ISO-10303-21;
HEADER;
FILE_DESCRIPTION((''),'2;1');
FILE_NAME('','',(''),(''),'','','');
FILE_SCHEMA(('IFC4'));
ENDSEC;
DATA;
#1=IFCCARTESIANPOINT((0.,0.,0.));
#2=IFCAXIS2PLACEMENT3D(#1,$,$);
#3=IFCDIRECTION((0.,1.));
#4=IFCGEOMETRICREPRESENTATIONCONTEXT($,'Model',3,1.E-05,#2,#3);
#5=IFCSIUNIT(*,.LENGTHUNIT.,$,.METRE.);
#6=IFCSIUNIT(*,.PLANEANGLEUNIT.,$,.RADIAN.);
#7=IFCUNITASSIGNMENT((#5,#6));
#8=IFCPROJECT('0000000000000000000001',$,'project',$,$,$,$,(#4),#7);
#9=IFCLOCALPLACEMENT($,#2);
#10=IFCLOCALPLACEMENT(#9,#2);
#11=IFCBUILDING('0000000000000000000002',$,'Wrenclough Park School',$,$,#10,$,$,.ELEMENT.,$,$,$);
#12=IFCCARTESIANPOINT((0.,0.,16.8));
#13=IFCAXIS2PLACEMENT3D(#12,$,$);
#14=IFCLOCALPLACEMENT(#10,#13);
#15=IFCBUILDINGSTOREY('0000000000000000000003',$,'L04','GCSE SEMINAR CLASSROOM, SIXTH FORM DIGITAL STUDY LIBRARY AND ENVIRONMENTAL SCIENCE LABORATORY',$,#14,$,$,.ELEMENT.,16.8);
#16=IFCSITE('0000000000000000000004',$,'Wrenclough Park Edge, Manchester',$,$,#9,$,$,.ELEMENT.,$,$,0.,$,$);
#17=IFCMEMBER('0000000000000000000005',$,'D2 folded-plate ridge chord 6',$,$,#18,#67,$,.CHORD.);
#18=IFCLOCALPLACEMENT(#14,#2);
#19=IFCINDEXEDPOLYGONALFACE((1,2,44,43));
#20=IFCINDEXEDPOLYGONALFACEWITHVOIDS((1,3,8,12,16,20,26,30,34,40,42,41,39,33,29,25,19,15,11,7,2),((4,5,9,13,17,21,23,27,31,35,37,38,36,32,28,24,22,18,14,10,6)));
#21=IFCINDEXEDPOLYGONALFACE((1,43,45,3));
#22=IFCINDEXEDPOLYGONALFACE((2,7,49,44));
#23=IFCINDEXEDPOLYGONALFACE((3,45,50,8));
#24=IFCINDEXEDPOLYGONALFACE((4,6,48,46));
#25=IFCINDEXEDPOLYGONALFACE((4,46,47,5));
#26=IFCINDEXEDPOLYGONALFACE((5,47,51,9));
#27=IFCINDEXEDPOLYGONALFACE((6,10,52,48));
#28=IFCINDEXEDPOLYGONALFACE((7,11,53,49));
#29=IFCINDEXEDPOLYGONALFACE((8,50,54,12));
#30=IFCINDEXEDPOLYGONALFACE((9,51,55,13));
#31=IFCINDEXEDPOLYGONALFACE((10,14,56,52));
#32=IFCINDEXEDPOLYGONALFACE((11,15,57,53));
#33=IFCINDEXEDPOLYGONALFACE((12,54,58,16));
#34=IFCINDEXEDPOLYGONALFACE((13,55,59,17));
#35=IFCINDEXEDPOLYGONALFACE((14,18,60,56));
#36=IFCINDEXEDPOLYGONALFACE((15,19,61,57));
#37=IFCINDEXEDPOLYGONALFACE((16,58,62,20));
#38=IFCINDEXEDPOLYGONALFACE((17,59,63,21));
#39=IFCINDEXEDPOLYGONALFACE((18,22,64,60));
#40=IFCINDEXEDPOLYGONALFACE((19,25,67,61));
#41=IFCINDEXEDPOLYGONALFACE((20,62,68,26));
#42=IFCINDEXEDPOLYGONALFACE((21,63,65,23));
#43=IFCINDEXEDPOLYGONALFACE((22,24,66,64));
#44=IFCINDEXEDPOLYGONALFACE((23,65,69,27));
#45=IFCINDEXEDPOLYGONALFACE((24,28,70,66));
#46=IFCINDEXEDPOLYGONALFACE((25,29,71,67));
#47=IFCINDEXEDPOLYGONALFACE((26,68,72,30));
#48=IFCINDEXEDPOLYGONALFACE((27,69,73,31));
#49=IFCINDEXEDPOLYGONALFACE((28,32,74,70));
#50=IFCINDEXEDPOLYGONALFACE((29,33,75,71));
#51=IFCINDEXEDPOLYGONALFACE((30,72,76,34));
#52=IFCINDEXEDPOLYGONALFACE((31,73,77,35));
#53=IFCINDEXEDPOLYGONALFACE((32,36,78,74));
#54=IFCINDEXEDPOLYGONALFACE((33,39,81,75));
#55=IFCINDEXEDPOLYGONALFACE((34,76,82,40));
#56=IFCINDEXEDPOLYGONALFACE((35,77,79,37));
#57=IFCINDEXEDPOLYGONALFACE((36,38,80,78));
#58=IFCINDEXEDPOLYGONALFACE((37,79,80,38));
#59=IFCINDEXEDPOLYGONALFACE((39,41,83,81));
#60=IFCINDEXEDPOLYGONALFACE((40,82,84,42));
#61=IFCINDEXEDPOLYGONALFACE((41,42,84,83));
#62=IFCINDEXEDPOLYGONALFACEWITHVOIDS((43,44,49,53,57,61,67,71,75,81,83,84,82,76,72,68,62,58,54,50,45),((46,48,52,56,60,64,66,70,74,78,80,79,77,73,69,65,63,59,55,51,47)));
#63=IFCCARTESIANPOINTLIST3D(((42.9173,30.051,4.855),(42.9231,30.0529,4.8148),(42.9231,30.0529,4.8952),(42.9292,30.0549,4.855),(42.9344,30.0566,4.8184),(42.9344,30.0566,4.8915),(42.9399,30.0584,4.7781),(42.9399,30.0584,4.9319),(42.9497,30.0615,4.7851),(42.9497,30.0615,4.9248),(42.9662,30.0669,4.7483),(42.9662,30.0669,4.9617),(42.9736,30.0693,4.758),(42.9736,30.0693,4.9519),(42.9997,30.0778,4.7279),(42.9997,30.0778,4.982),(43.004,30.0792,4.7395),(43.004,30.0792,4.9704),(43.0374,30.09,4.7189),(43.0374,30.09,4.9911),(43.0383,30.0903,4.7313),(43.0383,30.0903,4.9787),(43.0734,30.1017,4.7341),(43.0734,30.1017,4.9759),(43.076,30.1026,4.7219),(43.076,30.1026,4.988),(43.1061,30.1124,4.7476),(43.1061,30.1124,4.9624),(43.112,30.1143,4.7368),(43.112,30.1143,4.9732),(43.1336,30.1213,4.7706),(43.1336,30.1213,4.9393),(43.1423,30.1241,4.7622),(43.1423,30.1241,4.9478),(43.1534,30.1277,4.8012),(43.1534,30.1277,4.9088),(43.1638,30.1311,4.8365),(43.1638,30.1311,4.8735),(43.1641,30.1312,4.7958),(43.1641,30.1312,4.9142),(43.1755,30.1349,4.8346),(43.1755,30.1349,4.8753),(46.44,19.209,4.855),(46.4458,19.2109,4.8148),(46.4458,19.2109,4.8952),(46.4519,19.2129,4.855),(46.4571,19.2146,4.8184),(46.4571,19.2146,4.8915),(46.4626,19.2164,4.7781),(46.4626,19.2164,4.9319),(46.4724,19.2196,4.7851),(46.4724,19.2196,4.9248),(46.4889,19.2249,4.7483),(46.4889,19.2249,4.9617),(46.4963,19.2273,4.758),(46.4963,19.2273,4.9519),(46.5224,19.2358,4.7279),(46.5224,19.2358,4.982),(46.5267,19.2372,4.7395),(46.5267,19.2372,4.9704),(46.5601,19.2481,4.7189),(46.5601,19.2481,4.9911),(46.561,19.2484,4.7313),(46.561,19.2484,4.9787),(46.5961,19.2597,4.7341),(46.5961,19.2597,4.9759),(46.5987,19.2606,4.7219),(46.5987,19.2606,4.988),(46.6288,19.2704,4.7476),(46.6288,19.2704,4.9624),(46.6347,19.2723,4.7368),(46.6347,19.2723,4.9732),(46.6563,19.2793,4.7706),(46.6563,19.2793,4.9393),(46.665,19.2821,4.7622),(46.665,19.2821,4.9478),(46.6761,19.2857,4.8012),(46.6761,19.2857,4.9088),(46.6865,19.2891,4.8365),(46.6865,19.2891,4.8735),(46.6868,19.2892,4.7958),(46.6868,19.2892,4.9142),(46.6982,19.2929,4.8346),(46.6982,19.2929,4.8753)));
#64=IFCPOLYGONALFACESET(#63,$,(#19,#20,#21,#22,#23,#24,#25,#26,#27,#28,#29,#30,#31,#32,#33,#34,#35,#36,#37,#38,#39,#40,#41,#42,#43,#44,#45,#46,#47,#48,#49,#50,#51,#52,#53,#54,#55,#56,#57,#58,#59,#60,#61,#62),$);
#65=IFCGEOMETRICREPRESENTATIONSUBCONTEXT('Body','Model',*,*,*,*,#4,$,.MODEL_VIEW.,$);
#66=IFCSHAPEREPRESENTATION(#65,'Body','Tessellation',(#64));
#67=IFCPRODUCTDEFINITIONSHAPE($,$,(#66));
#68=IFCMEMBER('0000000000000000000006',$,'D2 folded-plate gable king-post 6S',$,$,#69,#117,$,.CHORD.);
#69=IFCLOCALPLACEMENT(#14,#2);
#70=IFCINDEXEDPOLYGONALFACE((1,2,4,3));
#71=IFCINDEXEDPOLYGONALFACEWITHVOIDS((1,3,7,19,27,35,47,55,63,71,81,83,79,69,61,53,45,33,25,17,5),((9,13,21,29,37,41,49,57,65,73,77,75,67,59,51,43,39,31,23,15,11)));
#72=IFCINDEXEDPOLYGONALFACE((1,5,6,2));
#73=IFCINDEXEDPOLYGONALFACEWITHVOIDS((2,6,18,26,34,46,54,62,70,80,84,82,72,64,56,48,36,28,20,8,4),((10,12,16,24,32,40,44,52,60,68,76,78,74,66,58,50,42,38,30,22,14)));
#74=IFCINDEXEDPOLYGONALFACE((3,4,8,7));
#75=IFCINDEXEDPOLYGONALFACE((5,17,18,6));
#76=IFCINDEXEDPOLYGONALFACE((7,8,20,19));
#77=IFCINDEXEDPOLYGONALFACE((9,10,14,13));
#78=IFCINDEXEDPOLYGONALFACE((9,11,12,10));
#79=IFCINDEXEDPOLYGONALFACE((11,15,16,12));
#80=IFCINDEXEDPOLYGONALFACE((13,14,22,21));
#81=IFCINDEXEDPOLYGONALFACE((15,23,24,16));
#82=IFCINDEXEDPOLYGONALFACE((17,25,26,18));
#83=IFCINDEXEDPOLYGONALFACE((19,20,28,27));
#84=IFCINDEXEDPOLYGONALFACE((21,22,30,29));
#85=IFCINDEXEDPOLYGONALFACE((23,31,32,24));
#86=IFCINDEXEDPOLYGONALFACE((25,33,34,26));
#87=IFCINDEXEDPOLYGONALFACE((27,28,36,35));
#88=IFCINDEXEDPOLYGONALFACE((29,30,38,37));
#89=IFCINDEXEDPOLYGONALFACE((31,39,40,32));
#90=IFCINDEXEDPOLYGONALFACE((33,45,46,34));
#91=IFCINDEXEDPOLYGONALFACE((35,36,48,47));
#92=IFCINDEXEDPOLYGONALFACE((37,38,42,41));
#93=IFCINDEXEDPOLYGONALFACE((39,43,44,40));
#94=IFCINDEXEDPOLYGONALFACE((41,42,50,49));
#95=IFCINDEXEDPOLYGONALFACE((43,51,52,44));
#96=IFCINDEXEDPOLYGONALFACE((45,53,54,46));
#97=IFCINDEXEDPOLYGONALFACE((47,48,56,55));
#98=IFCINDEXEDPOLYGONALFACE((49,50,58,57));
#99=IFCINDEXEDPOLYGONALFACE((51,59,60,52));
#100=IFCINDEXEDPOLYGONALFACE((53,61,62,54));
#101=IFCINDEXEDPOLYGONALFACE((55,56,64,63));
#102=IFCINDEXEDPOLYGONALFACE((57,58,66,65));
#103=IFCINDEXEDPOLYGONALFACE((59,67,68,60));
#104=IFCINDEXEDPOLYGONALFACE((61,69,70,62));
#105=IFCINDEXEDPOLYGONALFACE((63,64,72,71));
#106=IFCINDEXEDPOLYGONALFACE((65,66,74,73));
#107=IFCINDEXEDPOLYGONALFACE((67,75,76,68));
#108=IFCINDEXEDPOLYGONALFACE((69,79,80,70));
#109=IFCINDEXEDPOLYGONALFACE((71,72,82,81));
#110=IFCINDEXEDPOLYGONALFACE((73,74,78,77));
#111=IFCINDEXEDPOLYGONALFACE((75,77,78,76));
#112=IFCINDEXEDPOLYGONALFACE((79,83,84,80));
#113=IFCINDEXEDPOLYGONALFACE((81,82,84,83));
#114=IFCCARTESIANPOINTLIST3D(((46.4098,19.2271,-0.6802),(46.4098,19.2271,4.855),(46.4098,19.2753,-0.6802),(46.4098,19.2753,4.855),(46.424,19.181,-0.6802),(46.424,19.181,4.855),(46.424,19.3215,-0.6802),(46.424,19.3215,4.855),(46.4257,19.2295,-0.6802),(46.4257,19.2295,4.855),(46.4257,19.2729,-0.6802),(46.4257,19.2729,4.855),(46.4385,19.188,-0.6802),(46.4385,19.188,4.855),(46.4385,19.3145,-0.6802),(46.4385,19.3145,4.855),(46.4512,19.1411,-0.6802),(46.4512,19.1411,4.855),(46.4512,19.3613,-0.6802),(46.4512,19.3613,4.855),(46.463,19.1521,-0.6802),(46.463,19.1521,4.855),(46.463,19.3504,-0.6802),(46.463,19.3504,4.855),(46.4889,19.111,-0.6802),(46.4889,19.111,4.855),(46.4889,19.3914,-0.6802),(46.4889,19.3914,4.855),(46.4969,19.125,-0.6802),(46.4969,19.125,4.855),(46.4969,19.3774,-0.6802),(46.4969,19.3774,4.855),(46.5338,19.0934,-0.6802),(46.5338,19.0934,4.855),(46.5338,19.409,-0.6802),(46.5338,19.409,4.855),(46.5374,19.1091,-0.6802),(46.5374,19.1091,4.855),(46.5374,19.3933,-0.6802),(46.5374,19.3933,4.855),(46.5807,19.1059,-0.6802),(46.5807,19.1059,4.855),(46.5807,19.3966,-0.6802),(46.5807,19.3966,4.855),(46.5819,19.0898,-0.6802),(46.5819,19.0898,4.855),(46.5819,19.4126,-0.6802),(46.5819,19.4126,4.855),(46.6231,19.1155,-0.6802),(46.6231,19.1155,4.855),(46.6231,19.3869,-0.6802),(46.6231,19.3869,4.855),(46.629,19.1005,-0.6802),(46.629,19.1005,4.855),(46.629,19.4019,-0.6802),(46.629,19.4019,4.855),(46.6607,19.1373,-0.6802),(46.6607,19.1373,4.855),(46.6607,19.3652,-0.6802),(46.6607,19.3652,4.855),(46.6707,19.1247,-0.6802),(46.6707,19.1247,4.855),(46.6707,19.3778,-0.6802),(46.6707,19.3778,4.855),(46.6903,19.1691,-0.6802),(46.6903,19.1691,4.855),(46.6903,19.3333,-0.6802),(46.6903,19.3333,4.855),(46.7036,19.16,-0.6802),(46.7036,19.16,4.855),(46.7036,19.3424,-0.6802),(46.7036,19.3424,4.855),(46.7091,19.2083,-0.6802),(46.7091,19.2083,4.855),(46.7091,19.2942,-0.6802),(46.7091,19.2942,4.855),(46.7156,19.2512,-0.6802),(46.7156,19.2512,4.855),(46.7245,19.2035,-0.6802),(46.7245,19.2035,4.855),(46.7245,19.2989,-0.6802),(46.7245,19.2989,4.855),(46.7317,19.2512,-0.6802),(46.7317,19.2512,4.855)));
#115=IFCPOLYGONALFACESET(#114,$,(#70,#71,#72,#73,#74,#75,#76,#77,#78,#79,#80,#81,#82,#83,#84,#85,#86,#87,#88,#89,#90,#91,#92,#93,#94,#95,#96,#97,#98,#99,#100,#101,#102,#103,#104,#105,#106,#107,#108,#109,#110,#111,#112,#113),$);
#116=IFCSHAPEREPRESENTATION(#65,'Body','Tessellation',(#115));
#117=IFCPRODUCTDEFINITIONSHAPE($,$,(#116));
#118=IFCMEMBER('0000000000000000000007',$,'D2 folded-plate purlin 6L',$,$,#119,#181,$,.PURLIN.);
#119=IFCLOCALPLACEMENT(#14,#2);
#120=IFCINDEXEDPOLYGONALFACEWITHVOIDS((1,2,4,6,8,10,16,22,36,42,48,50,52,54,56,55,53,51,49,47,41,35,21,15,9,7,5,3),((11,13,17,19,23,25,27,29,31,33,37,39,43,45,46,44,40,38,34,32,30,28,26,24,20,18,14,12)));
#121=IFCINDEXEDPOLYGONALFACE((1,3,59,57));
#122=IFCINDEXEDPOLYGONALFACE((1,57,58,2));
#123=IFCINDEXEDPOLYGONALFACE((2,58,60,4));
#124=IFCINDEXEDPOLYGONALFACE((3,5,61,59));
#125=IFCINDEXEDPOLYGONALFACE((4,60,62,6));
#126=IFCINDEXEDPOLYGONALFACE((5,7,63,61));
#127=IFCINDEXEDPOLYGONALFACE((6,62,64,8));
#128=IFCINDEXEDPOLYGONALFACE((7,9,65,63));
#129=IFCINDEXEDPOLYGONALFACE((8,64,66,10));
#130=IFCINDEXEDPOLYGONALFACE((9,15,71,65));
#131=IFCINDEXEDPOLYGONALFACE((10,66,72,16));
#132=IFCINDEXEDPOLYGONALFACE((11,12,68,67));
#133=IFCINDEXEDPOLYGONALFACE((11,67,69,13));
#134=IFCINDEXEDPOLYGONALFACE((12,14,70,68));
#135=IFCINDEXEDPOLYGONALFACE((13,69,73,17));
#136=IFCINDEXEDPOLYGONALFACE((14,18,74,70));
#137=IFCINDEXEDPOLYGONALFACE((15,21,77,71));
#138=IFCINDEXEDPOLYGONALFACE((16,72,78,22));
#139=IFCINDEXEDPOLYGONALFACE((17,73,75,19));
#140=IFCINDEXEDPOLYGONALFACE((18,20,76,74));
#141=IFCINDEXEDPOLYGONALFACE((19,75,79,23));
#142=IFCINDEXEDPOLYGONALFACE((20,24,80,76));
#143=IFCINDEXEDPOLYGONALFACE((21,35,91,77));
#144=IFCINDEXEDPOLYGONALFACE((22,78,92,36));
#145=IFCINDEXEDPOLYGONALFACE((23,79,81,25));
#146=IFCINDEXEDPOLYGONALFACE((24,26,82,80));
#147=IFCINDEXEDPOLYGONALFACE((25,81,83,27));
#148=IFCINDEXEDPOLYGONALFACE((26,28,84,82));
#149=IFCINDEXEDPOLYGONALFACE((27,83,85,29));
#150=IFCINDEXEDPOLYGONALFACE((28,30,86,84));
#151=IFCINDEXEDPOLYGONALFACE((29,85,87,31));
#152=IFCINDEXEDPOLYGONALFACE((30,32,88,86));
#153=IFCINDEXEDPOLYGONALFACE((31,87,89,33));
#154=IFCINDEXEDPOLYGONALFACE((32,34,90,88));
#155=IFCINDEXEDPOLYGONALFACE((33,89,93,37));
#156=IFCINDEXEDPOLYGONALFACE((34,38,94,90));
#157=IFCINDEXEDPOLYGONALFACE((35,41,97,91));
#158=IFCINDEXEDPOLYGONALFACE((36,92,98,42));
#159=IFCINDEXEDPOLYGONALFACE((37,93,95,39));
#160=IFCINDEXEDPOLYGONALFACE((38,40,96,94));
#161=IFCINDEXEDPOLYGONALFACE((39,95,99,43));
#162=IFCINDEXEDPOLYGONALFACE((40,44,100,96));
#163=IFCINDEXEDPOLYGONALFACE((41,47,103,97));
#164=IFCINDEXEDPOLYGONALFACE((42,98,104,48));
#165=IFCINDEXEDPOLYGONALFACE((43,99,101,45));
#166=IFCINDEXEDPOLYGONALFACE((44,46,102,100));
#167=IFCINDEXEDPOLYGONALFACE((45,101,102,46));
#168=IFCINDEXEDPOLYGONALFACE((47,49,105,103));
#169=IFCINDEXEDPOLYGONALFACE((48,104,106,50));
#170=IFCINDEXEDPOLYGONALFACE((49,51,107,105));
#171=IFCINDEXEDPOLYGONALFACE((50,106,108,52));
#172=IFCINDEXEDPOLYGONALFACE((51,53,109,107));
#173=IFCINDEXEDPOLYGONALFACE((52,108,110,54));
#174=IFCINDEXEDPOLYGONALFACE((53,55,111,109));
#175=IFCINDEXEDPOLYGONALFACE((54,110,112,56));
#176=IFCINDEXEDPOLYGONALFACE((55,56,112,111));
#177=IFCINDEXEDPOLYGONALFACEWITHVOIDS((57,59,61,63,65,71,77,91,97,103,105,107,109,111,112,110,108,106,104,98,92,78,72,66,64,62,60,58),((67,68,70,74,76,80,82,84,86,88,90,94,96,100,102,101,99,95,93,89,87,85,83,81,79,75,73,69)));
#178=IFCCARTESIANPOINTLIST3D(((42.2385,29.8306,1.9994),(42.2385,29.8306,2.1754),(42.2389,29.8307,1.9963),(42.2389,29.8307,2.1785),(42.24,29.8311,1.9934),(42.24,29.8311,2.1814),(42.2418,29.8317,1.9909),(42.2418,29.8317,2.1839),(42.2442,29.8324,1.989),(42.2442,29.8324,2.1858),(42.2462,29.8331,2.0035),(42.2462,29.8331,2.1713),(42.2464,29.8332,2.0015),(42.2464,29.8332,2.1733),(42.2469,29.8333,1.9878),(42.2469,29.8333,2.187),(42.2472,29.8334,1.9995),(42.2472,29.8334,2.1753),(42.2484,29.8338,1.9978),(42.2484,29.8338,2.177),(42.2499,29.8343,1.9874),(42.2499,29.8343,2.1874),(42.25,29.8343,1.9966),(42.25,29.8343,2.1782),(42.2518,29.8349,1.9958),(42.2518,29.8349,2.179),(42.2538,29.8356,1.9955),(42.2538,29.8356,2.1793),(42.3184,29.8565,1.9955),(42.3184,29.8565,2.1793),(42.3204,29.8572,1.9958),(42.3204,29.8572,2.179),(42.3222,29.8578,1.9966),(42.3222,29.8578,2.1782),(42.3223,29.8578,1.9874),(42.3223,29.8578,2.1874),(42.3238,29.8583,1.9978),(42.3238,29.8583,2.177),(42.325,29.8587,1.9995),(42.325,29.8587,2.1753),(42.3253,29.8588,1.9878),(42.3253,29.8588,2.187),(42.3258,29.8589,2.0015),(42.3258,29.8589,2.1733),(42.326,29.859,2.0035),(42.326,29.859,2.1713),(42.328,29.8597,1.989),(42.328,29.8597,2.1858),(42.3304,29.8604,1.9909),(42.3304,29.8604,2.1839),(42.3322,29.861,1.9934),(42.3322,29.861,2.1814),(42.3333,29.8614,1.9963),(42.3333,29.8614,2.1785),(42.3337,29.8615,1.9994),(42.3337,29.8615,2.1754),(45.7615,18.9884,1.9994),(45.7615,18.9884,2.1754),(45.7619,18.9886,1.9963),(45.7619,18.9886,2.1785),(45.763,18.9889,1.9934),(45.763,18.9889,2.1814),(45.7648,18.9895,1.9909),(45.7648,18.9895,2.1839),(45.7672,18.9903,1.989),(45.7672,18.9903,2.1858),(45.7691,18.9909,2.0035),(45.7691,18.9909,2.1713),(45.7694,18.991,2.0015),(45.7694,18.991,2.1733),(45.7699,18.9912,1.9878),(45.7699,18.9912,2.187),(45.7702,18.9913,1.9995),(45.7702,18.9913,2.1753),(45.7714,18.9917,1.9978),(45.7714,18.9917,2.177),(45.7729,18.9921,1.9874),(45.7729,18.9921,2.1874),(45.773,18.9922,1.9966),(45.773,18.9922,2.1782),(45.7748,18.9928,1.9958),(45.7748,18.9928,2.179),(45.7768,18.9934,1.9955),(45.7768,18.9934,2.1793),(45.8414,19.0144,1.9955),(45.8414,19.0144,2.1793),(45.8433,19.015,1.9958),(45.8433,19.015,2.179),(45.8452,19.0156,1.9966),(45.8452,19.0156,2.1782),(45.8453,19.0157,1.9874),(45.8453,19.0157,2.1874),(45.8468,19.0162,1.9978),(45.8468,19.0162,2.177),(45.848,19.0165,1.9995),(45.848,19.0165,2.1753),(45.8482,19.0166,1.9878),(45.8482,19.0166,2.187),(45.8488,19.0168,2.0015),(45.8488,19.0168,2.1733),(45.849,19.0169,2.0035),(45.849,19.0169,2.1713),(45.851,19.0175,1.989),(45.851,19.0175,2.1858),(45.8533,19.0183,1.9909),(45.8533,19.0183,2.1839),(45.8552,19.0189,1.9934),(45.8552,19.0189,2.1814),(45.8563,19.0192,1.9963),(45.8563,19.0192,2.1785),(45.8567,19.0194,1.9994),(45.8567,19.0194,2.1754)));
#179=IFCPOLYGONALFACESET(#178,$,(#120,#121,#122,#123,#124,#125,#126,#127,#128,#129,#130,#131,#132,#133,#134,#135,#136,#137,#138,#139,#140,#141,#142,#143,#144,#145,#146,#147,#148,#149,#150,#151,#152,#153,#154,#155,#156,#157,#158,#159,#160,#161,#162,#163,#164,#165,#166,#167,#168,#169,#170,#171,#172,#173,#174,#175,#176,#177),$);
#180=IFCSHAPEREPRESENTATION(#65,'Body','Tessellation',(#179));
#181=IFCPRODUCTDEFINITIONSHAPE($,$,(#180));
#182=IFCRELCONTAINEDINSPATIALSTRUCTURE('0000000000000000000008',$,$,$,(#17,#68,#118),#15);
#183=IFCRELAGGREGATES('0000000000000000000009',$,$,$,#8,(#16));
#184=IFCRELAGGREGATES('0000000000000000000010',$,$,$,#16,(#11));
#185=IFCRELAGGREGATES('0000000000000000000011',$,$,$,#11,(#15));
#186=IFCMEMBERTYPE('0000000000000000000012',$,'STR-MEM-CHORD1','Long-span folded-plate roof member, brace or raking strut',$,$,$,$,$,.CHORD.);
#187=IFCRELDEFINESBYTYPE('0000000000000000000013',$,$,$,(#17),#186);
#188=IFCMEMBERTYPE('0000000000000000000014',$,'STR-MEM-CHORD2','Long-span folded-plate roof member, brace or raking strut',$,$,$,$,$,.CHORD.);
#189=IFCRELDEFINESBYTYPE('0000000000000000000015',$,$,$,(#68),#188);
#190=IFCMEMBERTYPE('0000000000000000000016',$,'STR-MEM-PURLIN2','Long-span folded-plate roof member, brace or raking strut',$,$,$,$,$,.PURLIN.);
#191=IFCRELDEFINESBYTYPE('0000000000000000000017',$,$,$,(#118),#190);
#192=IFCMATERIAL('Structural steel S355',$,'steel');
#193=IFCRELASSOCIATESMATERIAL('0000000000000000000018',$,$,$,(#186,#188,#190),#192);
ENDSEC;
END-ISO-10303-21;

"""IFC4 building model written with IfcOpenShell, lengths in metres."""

from ifc_helpers import new_model, si_unit, direction, frame, origin, origin_2d, place, context, subcontext, project, spatial, hollow_rectangle, hollow_circle, extrude, material, material_profile, profile_set, type_object, element, save


model = new_model("IFC4")

# Units and contexts
model_context = context("Model", 3, precision=1e-05, world=origin(), true_north=direction((0.0, 1.0)))
body_context = subcontext(model_context, "Body", "Model", "MODEL_VIEW")
ifc_project = project(units=[si_unit("LENGTHUNIT", "METRE"), si_unit("PLANEANGLEUNIT", "RADIAN")], contexts=[model_context])

# Site, building, storey
site_placement = place(None, origin())
site = spatial("IfcSite", under=ifc_project, at=site_placement, Name="Wrenclough Park Edge, Manchester", CompositionType="ELEMENT", RefElevation=0.0)
building_placement = place(site_placement, origin())
building = spatial("IfcBuilding", under=site, at=building_placement, Name="Wrenclough Park School", CompositionType="ELEMENT")
storey_placement = place(building_placement, frame((0.0, 0.0, 16.8)))
storey = spatial("IfcBuildingStorey", under=building, at=storey_placement, Name="L04", Description="GCSE SEMINAR CLASSROOM, SIXTH FORM DIGITAL STUDY LIBRARY AND ENVIRONMENTAL SCIENCE LABORATORY", CompositionType="ELEMENT", Elevation=16.8)

# Shared definitions
ifc_material_1 = material(Name="Structural steel S355", Category="steel")

# Members
ifc_material_profile_1 = material_profile(ifc_material_1, hollow_circle(Radius=0.1365, WallThickness=0.0125, at=origin_2d()), Name="CHS 273.0x12.5")
ifc_profile_set_1 = profile_set([ifc_material_profile_1], Name="Structural steel S355")
member_type_1 = type_object("IfcMemberType", Name="STR-MEM-CHORD1", Description="Long-span folded-plate roof member, brace or raking strut", PredefinedType="CHORD", material=ifc_profile_set_1)
member_1_placement = place(storey_placement, frame((46.5698, 19.2512, 4.855), z_axis=(-0.30901, 0.951059, 0.0), x_axis=(-0.951059, -0.30901, 0.0)))
element("IfcMember", 1, at=member_1_placement, inside=storey, type_object=member_type_1, Name="D2 folded-plate ridge chord 6", PredefinedType="CHORD", context=body_context, shape_type="SweptSolid", body=[
    extrude(hollow_circle(Radius=0.1365, WallThickness=0.0125, at=origin_2d()), origin(), (0.0, 0.0, 1.0), 11.3999),
])
ifc_material_profile_2 = material_profile(ifc_material_1, hollow_circle(Radius=0.1619, WallThickness=0.0161, at=origin_2d()), Name="CHS 323.9x16.0")
ifc_profile_set_2 = profile_set([ifc_material_profile_2], Name="Structural steel S355")
member_type_2 = type_object("IfcMemberType", Name="STR-MEM-CHORD2", Description="Long-span folded-plate roof member, brace or raking strut", PredefinedType="CHORD", material=ifc_profile_set_2)
member_2_placement = place(storey_placement, frame((46.5698, 19.2512, -0.6802), z_axis=(0.0, 0.0, 1.0), x_axis=(1.0, 0.0, 0.0)))
element("IfcMember", 2, at=member_2_placement, inside=storey, type_object=member_type_2, Name="D2 folded-plate gable king-post 6S", PredefinedType="CHORD", context=body_context, shape_type="SweptSolid", body=[
    extrude(hollow_circle(Radius=0.1619, WallThickness=0.0161, at=origin_2d()), origin(), (0.0, 0.0, 1.0), 5.5352),
])
ifc_material_profile_3 = material_profile(ifc_material_1, hollow_rectangle(XDim=0.1001, YDim=0.2, WallThickness=0.0081, InnerFilletRadius=0.0081, OuterFilletRadius=0.012, at=origin_2d()), Name="RHS 200x100x8.0")
ifc_profile_set_3 = profile_set([ifc_material_profile_3], Name="Structural steel S355")
member_type_3 = type_object("IfcMemberType", Name="STR-MEM-PURLIN2", Description="Long-span folded-plate roof member, brace or raking strut", PredefinedType="PURLIN", material=ifc_profile_set_3)
for number, where, z_axis, x_axis, name in (
    (3, (45.8091, 19.0039, 2.0874), (-0.309029, 0.951052, 0.0), (-0.951052, -0.309029, 0.0), "D2 folded-plate purlin 6L"),
):
    element("IfcMember", number, at=place(storey_placement, frame(where, z_axis=z_axis, x_axis=x_axis)), inside=storey, type_object=member_type_3, Name=name, PredefinedType="PURLIN", context=body_context, shape_type="SweptSolid", body=[
        extrude(hollow_rectangle(XDim=0.1001, YDim=0.2, WallThickness=0.0081, InnerFilletRadius=0.0081, OuterFilletRadius=0.012, at=origin_2d()), origin(), (0.0, 0.0, 1.0), 11.4001),
    ])

save(model, "model.ifc")
